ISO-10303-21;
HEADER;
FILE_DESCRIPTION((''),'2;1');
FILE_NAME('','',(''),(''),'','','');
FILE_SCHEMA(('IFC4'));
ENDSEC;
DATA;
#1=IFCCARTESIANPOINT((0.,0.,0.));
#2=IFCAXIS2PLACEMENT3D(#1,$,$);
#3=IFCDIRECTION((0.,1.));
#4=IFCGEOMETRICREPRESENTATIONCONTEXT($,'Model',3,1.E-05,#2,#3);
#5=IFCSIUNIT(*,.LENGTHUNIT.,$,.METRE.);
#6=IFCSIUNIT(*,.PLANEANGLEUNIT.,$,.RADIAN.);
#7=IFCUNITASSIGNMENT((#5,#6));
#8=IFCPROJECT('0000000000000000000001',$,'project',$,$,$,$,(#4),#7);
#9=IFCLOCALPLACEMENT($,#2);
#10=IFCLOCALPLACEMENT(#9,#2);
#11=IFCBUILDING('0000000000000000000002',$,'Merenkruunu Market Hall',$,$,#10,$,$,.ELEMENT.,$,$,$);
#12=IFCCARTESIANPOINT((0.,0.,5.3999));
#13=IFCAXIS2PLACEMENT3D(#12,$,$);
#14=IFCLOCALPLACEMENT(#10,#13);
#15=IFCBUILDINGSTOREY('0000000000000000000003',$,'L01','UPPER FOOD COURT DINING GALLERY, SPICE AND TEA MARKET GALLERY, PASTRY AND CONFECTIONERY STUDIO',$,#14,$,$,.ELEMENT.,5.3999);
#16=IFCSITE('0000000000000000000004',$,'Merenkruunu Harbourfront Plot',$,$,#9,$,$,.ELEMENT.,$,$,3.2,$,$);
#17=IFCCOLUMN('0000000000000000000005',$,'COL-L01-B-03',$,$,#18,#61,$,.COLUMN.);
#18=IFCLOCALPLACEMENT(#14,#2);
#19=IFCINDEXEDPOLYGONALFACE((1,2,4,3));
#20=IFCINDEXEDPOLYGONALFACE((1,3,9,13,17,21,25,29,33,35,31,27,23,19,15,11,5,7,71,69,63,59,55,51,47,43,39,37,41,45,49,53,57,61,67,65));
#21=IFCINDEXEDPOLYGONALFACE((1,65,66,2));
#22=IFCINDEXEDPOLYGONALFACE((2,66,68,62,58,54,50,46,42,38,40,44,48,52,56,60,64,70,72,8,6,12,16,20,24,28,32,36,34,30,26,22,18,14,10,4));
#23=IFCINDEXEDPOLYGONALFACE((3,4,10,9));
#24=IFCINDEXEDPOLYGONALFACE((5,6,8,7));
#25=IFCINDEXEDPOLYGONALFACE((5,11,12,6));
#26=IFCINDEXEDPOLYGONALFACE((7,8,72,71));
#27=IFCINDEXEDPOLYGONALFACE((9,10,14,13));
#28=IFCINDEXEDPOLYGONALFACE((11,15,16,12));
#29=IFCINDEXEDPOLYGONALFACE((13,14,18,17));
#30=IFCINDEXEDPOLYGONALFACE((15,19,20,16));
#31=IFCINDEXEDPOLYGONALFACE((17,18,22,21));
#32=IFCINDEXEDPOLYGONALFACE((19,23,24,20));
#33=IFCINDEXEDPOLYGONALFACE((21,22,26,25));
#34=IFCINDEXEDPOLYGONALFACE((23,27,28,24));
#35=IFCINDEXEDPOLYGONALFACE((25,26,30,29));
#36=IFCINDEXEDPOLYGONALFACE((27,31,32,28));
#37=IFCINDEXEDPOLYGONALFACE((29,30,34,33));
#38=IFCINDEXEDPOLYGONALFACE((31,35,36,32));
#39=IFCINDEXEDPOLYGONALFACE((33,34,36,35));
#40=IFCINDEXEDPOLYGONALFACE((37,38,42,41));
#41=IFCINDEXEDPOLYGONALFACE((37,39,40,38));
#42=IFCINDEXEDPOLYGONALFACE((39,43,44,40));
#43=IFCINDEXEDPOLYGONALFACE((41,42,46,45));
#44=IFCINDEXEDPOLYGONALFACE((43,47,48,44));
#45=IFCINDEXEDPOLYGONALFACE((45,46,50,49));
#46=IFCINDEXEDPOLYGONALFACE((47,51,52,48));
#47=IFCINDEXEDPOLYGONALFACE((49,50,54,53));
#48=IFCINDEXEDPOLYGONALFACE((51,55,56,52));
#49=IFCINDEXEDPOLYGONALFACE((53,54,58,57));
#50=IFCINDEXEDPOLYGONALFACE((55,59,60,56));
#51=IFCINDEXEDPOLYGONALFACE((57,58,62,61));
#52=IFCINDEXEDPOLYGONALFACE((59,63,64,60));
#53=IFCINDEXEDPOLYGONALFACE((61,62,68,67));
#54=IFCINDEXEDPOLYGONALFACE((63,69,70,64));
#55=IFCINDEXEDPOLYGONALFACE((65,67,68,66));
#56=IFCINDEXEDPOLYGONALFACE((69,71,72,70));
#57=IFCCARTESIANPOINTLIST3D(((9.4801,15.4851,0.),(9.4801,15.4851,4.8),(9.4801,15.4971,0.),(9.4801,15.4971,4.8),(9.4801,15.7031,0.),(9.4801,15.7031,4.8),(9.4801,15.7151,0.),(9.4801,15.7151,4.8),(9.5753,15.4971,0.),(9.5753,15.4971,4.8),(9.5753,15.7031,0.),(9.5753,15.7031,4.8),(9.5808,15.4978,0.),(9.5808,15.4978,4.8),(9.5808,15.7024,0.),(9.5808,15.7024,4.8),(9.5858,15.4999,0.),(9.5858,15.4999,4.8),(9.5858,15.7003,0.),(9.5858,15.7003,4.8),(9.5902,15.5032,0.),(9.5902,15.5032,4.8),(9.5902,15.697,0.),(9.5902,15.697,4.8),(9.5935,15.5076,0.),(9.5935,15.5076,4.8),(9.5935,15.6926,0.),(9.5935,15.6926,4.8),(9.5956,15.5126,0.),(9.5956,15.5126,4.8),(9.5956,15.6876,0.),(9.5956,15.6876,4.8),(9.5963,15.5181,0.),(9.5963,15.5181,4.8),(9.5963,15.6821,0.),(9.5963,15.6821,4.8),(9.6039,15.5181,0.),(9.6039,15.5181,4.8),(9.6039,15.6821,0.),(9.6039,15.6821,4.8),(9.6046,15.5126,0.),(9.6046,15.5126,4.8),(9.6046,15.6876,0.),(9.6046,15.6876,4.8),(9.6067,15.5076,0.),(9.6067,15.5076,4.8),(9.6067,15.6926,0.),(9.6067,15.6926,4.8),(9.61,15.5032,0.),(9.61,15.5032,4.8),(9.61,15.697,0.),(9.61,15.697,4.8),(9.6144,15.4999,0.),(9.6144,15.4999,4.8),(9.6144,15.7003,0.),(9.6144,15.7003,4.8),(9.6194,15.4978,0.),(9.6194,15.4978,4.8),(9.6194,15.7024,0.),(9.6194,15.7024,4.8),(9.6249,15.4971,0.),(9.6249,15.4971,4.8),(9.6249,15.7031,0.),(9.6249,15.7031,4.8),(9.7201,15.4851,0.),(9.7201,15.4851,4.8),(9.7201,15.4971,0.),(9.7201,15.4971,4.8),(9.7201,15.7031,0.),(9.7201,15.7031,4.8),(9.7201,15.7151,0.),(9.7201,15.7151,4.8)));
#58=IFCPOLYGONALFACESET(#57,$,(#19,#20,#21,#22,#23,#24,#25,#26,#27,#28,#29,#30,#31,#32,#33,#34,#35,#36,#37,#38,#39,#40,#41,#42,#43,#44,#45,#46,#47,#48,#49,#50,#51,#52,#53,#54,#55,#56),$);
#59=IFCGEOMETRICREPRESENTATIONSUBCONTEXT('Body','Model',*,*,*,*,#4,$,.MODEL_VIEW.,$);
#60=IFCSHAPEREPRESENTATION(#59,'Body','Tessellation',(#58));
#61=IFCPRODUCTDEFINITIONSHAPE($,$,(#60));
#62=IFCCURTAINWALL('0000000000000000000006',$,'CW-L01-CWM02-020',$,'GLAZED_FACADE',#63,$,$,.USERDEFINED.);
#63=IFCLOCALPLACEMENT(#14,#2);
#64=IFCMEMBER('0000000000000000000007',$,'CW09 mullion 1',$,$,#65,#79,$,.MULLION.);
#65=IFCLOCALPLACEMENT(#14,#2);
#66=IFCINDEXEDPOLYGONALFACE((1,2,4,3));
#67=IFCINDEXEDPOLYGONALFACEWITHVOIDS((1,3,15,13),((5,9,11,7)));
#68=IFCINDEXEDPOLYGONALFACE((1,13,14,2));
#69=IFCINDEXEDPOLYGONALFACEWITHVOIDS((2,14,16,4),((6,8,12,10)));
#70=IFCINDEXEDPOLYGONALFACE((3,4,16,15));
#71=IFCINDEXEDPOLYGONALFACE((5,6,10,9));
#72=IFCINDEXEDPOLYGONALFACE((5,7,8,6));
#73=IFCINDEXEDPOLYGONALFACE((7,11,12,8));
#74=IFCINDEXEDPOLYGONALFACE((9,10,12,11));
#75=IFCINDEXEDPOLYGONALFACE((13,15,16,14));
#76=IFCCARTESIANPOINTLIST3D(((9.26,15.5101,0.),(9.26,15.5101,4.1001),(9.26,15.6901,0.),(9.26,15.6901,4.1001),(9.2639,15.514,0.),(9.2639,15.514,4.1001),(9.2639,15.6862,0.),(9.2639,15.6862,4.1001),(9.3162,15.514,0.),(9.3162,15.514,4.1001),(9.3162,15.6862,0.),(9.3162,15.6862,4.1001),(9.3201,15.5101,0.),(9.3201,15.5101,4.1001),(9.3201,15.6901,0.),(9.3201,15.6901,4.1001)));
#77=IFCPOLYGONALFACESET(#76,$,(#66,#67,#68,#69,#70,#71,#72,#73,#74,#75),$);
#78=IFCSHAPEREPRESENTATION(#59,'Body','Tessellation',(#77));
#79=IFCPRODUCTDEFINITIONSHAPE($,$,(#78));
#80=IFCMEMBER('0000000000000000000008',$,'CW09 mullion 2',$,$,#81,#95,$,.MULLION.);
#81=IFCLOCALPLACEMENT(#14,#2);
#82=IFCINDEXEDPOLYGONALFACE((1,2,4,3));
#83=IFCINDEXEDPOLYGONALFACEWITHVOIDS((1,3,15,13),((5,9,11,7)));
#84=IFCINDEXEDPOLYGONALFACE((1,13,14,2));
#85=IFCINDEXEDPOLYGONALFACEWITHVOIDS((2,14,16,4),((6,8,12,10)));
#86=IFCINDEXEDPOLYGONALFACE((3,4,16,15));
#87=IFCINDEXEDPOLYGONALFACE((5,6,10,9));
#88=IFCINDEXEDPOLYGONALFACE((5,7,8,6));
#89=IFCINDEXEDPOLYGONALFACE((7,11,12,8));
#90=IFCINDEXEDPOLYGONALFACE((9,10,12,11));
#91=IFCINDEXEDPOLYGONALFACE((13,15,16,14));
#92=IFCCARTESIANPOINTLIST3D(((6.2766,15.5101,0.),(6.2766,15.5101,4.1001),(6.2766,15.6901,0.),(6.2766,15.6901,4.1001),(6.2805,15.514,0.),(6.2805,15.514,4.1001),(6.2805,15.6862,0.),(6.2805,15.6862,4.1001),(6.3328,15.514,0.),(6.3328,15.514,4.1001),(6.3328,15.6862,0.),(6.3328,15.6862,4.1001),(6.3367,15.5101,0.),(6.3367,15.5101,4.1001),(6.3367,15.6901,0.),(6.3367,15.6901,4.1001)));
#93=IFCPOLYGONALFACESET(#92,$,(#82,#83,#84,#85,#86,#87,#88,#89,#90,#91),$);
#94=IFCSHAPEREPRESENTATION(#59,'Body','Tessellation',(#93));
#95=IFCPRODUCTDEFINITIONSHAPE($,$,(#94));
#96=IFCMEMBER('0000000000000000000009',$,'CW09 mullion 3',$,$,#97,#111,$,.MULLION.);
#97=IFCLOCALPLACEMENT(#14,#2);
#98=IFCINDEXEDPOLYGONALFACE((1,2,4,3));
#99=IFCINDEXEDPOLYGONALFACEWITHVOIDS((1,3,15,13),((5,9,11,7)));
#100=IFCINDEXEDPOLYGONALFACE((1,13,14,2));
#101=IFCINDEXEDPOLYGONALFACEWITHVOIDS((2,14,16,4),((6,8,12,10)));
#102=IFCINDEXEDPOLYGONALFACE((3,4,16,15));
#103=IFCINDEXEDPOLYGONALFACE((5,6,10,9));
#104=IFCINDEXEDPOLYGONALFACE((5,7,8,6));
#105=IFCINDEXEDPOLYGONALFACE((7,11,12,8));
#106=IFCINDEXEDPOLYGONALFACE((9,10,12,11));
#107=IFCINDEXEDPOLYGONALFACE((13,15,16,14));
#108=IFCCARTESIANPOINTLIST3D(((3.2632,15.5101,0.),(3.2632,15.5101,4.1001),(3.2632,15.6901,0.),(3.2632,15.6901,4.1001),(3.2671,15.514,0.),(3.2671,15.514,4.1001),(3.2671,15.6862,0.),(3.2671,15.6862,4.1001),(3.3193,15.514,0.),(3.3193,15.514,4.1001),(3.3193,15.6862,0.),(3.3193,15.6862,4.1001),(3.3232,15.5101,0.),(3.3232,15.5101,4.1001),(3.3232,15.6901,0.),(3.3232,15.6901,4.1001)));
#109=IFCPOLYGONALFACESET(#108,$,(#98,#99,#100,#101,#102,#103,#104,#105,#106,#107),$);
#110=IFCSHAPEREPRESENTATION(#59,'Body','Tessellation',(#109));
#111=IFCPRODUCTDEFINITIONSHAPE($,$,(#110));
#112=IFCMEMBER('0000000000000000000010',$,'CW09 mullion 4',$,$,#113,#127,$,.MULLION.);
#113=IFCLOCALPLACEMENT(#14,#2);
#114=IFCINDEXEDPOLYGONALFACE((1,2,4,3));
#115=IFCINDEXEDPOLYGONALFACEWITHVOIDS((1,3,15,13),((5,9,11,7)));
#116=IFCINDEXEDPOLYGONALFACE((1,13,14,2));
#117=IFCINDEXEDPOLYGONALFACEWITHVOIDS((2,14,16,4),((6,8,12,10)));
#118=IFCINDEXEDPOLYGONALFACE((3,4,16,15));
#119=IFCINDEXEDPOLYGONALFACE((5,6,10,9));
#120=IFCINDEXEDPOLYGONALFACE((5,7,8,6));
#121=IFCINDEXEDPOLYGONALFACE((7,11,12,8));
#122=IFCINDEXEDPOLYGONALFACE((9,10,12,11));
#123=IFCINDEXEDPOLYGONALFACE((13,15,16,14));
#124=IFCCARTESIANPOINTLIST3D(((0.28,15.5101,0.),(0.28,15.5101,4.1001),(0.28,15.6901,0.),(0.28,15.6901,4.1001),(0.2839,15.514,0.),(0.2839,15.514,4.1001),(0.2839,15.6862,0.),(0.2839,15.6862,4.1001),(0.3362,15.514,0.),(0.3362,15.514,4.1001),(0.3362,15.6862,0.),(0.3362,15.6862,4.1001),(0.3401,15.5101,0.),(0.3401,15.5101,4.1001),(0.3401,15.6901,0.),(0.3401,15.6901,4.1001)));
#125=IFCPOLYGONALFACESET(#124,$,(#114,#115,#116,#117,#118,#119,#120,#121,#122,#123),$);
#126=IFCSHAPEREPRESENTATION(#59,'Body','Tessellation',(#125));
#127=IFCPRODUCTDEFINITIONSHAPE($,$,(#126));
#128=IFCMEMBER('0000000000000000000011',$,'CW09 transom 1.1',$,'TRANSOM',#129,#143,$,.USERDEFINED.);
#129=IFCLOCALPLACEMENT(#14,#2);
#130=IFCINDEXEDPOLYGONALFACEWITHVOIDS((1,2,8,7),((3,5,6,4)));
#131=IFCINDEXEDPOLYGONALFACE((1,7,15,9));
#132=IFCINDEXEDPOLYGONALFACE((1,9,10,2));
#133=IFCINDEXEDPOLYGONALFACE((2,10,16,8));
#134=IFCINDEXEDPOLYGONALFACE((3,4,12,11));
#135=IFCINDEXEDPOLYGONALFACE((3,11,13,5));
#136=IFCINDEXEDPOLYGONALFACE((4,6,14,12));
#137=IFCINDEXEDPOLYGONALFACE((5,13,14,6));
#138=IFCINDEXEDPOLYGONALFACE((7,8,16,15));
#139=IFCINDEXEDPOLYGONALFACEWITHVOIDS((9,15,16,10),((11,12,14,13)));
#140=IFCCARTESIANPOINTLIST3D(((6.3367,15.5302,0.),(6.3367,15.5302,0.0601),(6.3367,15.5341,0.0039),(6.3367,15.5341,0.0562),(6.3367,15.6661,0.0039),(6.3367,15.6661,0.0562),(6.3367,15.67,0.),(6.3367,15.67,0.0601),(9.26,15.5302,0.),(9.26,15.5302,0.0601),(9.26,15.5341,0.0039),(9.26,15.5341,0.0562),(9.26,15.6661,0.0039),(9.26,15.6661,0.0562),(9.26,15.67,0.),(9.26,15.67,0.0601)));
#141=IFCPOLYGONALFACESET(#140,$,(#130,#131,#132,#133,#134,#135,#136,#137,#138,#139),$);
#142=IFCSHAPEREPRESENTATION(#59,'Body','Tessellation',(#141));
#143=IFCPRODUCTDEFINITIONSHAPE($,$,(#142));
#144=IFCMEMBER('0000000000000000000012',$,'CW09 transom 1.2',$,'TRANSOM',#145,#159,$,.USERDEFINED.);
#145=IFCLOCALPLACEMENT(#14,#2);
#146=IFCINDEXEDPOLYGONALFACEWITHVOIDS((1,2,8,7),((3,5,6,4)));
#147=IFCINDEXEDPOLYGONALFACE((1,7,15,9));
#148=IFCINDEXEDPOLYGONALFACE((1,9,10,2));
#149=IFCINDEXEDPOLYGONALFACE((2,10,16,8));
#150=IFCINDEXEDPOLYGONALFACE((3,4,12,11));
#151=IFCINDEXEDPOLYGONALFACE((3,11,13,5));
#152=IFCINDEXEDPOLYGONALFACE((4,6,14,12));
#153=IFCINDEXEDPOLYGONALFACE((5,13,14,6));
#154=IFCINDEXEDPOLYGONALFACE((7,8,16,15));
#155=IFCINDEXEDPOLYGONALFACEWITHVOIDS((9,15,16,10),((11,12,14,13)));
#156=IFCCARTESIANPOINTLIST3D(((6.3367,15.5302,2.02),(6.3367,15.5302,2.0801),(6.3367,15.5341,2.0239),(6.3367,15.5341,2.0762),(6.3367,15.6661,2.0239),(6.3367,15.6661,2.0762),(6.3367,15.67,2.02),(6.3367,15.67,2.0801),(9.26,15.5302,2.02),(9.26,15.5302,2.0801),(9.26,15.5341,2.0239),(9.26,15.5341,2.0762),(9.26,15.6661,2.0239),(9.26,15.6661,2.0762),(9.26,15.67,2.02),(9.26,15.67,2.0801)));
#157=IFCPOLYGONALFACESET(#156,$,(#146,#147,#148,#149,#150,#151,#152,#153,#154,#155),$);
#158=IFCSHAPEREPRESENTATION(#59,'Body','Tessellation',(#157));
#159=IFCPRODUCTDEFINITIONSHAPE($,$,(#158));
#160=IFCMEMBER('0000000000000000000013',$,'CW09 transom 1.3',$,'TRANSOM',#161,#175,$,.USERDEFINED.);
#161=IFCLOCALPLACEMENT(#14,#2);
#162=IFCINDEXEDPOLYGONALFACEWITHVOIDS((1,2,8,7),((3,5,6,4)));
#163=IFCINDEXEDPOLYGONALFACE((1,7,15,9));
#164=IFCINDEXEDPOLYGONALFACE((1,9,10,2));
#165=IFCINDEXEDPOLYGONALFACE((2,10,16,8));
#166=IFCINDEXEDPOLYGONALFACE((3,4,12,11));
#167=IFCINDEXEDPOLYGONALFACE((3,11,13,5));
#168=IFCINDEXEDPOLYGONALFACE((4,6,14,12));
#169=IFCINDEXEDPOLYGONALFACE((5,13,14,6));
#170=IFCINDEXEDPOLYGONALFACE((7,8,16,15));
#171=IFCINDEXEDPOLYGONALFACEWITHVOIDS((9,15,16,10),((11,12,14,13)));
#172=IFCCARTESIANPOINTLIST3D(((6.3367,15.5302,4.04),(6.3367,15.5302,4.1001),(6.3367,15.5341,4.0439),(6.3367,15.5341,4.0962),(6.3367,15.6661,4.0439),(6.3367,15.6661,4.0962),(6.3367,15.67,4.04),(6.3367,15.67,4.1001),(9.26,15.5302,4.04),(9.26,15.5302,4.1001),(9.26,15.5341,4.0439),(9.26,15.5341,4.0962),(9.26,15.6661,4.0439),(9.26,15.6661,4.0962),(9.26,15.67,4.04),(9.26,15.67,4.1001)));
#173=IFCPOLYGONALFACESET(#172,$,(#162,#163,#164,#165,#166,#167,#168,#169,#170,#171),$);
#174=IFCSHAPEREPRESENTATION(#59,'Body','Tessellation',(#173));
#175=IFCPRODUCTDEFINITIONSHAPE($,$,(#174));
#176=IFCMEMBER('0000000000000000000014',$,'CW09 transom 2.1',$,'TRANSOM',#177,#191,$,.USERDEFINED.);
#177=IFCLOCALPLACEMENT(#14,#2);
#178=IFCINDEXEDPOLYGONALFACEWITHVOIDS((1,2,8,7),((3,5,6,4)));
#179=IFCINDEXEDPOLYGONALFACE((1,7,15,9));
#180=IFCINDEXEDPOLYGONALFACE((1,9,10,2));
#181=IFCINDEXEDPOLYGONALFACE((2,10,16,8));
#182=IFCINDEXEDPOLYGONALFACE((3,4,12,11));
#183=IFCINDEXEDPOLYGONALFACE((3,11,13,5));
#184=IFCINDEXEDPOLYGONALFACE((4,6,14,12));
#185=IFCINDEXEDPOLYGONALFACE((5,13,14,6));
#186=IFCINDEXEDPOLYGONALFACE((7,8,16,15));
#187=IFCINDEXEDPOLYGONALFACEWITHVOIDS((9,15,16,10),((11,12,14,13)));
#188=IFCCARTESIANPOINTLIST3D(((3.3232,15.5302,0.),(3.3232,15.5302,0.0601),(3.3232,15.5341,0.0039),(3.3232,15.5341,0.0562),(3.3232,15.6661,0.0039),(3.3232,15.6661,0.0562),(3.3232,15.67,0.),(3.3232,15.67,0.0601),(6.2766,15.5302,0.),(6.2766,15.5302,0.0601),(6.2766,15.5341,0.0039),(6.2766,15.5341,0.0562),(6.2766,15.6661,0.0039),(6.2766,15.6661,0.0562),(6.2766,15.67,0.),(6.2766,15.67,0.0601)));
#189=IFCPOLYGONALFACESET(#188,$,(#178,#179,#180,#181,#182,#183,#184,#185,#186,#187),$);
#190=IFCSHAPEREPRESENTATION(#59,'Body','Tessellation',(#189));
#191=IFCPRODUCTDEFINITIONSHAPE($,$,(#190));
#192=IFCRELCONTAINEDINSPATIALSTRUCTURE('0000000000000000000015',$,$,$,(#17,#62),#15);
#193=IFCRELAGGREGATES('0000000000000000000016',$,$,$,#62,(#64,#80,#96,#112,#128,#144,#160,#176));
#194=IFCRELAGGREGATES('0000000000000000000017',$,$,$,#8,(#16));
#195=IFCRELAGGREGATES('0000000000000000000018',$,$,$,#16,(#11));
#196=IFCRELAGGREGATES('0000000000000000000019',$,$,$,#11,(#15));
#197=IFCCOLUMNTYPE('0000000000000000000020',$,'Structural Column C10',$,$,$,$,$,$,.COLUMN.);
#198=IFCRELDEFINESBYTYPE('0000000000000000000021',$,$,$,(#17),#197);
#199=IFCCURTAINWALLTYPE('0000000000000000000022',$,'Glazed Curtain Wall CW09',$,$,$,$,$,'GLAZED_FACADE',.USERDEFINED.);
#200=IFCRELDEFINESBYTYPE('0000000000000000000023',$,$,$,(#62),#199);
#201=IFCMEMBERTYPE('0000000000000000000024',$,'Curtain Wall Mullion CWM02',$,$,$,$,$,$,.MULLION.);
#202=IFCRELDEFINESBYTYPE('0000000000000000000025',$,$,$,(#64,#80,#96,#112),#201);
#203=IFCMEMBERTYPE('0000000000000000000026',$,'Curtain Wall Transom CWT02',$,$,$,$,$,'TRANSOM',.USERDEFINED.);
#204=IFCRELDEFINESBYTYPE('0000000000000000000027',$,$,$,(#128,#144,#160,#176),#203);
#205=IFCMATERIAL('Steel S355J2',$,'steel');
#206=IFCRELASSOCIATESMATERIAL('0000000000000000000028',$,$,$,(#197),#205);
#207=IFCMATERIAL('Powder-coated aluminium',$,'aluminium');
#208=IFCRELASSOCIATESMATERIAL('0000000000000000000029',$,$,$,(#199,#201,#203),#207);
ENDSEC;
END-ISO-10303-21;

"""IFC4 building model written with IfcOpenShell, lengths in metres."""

from ifc_helpers import new_model, si_unit, direction, frame, origin, origin_2d, place, context, subcontext, project, spatial, hollow_rectangle, i_section, extrude, material, material_profile, profile_set, type_object, element, aggregate, save


model = new_model("IFC4")

# Units and contexts
model_context = context("Model", 3, precision=1e-05, world=origin(), true_north=direction((0.0, 1.0)))
body_context = subcontext(model_context, "Body", "Model", "MODEL_VIEW")
ifc_project = project(units=[si_unit("LENGTHUNIT", "METRE"), si_unit("PLANEANGLEUNIT", "RADIAN")], contexts=[model_context])

# Site, building, storey
site_placement = place(None, origin())
site = spatial("IfcSite", under=ifc_project, at=site_placement, Name="Merenkruunu Harbourfront Plot", CompositionType="ELEMENT", RefElevation=3.2)
building_placement = place(site_placement, origin())
building = spatial("IfcBuilding", under=site, at=building_placement, Name="Merenkruunu Market Hall", CompositionType="ELEMENT")
storey_placement = place(building_placement, frame((0.0, 0.0, 5.3999)))
storey = spatial("IfcBuildingStorey", under=building, at=storey_placement, Name="L01", Description="UPPER FOOD COURT DINING GALLERY, SPICE AND TEA MARKET GALLERY, PASTRY AND CONFECTIONERY STUDIO", CompositionType="ELEMENT", Elevation=5.3999)

# Column
ifc_material_1 = material(Name="Steel S355J2", Category="steel")
ifc_material_profile_1 = material_profile(ifc_material_1, i_section(OverallWidth=0.24, OverallDepth=0.23, WebThickness=0.0076, FlangeThickness=0.012, FilletRadius=0.021, at=origin_2d()), Name="HEA 240")
ifc_profile_set_1 = profile_set([ifc_material_profile_1], Name="Steel S355J2")
column_type = type_object("IfcColumnType", Name="Structural Column C10", PredefinedType="COLUMN", material=ifc_profile_set_1)
column_placement = place(storey_placement, frame((9.6001, 15.6001, 0.0), z_axis=(0.0, 0.0, 1.0), x_axis=(1.0, 0.0, 0.0)))
element("IfcColumn", 1, at=column_placement, inside=storey, type_object=column_type, Name="COL-L01-B-03", PredefinedType="COLUMN", context=body_context, shape_type="SweptSolid", body=[
    extrude(i_section(OverallWidth=0.24, OverallDepth=0.23, WebThickness=0.0076, FlangeThickness=0.012, FilletRadius=0.021, at=origin_2d()), origin(), (0.0, 0.0, 1.0), 4.8),
])

# Curtain wall, members
ifc_material_2 = material(Name="Powder-coated aluminium", Category="aluminium")
curtain_wall_type = type_object("IfcCurtainWallType", Name="Glazed Curtain Wall CW09", ElementType="GLAZED_FACADE", PredefinedType="USERDEFINED", material=ifc_material_2)
curtain_wall_placement = place(storey_placement, origin())
curtain_wall = element("IfcCurtainWall", 2, at=curtain_wall_placement, inside=storey, type_object=curtain_wall_type, Name="CW-L01-CWM02-020", ObjectType="GLAZED_FACADE", PredefinedType="USERDEFINED")
ifc_material_profile_2 = material_profile(ifc_material_2, hollow_rectangle(XDim=0.0601, YDim=0.1799, WallThickness=0.0039, at=origin_2d()), Name="ALU 60x180x4")
ifc_profile_set_2 = profile_set([ifc_material_profile_2], Name="Powder-coated aluminium")
member_type_1 = type_object("IfcMemberType", Name="Curtain Wall Mullion CWM02", PredefinedType="MULLION", material=ifc_profile_set_2)
member_1_placement = place(storey_placement, frame((9.29, 15.6001, 0.0), z_axis=(0.0, 0.0, 1.0), x_axis=(-1.0, 0.0, 0.0)))
member_1 = element("IfcMember", 3, at=member_1_placement, type_object=member_type_1, Name="CW09 mullion 1", PredefinedType="MULLION", context=body_context, shape_type="SweptSolid", body=[
    extrude(hollow_rectangle(XDim=0.0601, YDim=0.1799, WallThickness=0.0039, at=origin_2d()), origin(), (0.0, 0.0, 1.0), 4.1001),
])
member_2_placement = place(storey_placement, frame((6.3066, 15.6001, 0.0), z_axis=(0.0, 0.0, 1.0), x_axis=(-1.0, 0.0, 0.0)))
member_2 = element("IfcMember", 4, at=member_2_placement, type_object=member_type_1, Name="CW09 mullion 2", PredefinedType="MULLION", context=body_context, shape_type="SweptSolid", body=[
    extrude(hollow_rectangle(XDim=0.0601, YDim=0.1799, WallThickness=0.0039, at=origin_2d()), origin(), (0.0, 0.0, 1.0), 4.1001),
])
member_3_placement = place(storey_placement, frame((3.2932, 15.6001, 0.0), z_axis=(0.0, 0.0, 1.0), x_axis=(-1.0, 0.0, 0.0)))
member_3 = element("IfcMember", 5, at=member_3_placement, type_object=member_type_1, Name="CW09 mullion 3", PredefinedType="MULLION", context=body_context, shape_type="SweptSolid", body=[
    extrude(hollow_rectangle(XDim=0.0601, YDim=0.1799, WallThickness=0.0039, at=origin_2d()), origin(), (0.0, 0.0, 1.0), 4.1001),
])
member_4_placement = place(storey_placement, frame((0.3101, 15.6001, 0.0), z_axis=(0.0, 0.0, 1.0), x_axis=(-1.0, 0.0, 0.0)))
member_4 = element("IfcMember", 6, at=member_4_placement, type_object=member_type_1, Name="CW09 mullion 4", PredefinedType="MULLION", context=body_context, shape_type="SweptSolid", body=[
    extrude(hollow_rectangle(XDim=0.0601, YDim=0.1799, WallThickness=0.0039, at=origin_2d()), origin(), (0.0, 0.0, 1.0), 4.1001),
])
ifc_material_profile_3 = material_profile(ifc_material_2, hollow_rectangle(XDim=0.0601, YDim=0.1399, WallThickness=0.0039, at=origin_2d()), Name="ALU 60x140x4")
ifc_profile_set_3 = profile_set([ifc_material_profile_3], Name="Powder-coated aluminium")
member_type_2 = type_object("IfcMemberType", Name="Curtain Wall Transom CWT02", ElementType="TRANSOM", PredefinedType="USERDEFINED", material=ifc_profile_set_3)
member_5_placement = place(storey_placement, frame((9.26, 15.6001, 0.03), z_axis=(-1.0, 0.0, 0.0), x_axis=(0.0, 0.0, 1.0)))
member_5 = element("IfcMember", 7, at=member_5_placement, type_object=member_type_2, Name="CW09 transom 1.1", ObjectType="TRANSOM", PredefinedType="USERDEFINED", context=body_context, shape_type="SweptSolid", body=[
    extrude(hollow_rectangle(XDim=0.0601, YDim=0.1399, WallThickness=0.0039, at=origin_2d()), origin(), (0.0, 0.0, 1.0), 2.9233),
])
member_6_placement = place(storey_placement, frame((9.26, 15.6001, 2.05), z_axis=(-1.0, 0.0, 0.0), x_axis=(0.0, 0.0, 1.0)))
member_6 = element("IfcMember", 8, at=member_6_placement, type_object=member_type_2, Name="CW09 transom 1.2", ObjectType="TRANSOM", PredefinedType="USERDEFINED", context=body_context, shape_type="SweptSolid", body=[
    extrude(hollow_rectangle(XDim=0.0601, YDim=0.1399, WallThickness=0.0039, at=origin_2d()), origin(), (0.0, 0.0, 1.0), 2.9233),
])
member_7_placement = place(storey_placement, frame((9.26, 15.6001, 4.0701), z_axis=(-1.0, 0.0, 0.0), x_axis=(0.0, 0.0, 1.0)))
member_7 = element("IfcMember", 9, at=member_7_placement, type_object=member_type_2, Name="CW09 transom 1.3", ObjectType="TRANSOM", PredefinedType="USERDEFINED", context=body_context, shape_type="SweptSolid", body=[
    extrude(hollow_rectangle(XDim=0.0601, YDim=0.1399, WallThickness=0.0039, at=origin_2d()), origin(), (0.0, 0.0, 1.0), 2.9233),
])
member_8_placement = place(storey_placement, frame((6.2766, 15.6001, 0.03), z_axis=(-1.0, 0.0, 0.0), x_axis=(0.0, 0.0, 1.0)))
member_8 = element("IfcMember", 10, at=member_8_placement, type_object=member_type_2, Name="CW09 transom 2.1", ObjectType="TRANSOM", PredefinedType="USERDEFINED", context=body_context, shape_type="SweptSolid", body=[
    extrude(hollow_rectangle(XDim=0.0601, YDim=0.1399, WallThickness=0.0039, at=origin_2d()), origin(), (0.0, 0.0, 1.0), 2.9534),
])

aggregate(curtain_wall, [member_1, member_2, member_3, member_4, member_5, member_6, member_7, member_8])

save(model, "model.ifc")
